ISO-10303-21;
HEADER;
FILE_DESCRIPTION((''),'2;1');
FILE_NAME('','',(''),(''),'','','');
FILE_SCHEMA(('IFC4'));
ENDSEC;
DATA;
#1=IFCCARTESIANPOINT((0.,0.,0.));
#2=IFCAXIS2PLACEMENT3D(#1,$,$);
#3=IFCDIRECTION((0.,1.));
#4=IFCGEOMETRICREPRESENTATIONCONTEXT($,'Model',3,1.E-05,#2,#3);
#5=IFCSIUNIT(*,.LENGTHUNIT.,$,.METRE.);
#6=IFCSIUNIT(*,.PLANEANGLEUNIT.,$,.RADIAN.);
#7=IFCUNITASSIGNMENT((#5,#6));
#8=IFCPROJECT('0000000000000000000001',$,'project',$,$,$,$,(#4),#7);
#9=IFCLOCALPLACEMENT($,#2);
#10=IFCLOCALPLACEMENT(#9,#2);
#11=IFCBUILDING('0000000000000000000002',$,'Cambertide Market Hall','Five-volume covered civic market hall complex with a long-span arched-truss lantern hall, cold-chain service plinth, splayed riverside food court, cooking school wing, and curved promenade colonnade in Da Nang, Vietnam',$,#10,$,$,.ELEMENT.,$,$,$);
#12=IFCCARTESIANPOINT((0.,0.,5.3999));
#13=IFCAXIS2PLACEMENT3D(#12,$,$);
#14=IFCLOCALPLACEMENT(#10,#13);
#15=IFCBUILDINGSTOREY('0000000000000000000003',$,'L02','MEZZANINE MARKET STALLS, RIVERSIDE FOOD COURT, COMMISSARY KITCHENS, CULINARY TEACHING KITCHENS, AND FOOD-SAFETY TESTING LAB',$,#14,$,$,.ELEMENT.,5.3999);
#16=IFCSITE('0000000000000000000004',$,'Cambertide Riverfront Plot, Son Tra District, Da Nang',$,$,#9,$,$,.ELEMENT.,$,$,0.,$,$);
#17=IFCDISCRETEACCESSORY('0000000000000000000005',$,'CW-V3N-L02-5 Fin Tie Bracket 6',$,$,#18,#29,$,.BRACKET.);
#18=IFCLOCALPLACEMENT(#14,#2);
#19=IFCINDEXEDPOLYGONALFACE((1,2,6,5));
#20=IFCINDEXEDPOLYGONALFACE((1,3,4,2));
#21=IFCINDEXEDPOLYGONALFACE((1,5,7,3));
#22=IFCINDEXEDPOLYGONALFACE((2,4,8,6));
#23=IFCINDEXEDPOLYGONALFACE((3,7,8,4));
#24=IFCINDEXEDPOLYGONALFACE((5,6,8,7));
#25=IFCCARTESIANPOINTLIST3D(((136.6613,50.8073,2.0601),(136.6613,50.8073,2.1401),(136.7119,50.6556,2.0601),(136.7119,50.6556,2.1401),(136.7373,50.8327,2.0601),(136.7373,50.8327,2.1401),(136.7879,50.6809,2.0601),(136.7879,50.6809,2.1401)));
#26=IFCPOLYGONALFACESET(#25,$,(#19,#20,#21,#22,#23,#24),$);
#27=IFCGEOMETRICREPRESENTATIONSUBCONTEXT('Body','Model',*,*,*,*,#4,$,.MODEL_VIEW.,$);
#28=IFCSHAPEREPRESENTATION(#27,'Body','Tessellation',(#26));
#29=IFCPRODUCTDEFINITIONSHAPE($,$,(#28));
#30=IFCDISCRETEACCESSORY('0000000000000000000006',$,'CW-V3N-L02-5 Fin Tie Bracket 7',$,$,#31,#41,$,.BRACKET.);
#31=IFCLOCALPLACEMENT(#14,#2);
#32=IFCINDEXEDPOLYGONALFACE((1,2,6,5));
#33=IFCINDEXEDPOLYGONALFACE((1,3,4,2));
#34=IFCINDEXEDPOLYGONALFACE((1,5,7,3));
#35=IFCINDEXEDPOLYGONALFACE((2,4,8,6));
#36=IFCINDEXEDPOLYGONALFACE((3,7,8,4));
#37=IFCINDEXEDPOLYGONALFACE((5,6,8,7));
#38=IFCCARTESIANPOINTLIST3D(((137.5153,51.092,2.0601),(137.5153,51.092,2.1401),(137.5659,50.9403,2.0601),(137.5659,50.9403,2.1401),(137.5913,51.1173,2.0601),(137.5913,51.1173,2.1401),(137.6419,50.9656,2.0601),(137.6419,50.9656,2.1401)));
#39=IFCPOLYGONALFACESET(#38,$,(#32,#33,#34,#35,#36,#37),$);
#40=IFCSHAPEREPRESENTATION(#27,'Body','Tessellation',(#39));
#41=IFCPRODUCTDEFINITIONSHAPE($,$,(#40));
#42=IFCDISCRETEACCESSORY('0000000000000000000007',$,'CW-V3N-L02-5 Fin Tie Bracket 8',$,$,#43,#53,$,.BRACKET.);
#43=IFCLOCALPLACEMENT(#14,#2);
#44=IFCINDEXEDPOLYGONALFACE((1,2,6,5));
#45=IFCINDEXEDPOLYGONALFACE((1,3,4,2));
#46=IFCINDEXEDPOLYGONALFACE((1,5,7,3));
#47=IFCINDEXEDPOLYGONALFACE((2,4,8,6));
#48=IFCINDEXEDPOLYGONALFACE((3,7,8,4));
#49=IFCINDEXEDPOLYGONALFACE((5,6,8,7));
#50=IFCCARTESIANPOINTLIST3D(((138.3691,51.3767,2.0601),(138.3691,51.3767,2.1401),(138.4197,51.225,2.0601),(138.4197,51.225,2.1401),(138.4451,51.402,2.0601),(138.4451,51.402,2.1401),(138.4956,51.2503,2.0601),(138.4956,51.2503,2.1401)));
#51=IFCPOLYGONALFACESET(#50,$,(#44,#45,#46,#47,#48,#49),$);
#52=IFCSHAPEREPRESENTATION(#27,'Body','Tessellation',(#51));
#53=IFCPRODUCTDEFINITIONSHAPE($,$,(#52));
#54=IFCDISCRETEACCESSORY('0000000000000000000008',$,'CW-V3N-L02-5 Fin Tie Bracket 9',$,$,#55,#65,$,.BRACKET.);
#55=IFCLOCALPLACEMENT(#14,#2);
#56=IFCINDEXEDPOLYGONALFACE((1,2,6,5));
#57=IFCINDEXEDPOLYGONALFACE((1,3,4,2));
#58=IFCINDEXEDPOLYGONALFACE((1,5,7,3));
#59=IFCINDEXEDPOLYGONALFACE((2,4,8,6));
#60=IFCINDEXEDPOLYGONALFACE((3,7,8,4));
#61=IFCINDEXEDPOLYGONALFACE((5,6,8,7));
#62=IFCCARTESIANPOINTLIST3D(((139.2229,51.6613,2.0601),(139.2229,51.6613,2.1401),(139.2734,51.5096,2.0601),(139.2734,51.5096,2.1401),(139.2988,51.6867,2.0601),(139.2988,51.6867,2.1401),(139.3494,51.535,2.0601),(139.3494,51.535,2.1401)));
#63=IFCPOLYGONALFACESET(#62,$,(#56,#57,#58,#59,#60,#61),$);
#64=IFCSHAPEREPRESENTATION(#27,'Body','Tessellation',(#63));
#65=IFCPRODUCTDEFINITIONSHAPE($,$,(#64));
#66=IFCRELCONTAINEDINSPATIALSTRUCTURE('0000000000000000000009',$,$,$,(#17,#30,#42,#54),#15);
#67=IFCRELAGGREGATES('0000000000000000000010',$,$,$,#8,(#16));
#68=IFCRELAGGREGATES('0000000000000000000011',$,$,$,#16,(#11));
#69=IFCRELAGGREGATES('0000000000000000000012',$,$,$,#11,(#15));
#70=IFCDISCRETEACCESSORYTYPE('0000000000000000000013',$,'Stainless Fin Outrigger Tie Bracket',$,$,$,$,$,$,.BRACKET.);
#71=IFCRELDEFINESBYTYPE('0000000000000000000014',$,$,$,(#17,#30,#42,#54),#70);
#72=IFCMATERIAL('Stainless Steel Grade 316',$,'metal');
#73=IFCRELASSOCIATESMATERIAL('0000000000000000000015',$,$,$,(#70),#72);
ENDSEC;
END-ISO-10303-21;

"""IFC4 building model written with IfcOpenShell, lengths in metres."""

from ifc_helpers import new_model, si_unit, direction, frame, origin, origin_2d, place, context, subcontext, project, spatial, rectangle, extrude, material, type_object, element, save


model = new_model("IFC4")

# Units and contexts
model_context = context("Model", 3, precision=1e-05, world=origin(), true_north=direction((0.0, 1.0)))
body_context = subcontext(model_context, "Body", "Model", "MODEL_VIEW")
ifc_project = project(units=[si_unit("LENGTHUNIT", "METRE"), si_unit("PLANEANGLEUNIT", "RADIAN")], contexts=[model_context])

# Site, building, storey
site_placement = place(None, origin())
site = spatial("IfcSite", under=ifc_project, at=site_placement, Name="Cambertide Riverfront Plot, Son Tra District, Da Nang", CompositionType="ELEMENT", RefElevation=0.0)
building_placement = place(site_placement, origin())
building = spatial("IfcBuilding", under=site, at=building_placement, Name="Cambertide Market Hall", Description="Five-volume covered civic market hall complex with a long-span arched-truss lantern hall, cold-chain service plinth, splayed riverside food court, cooking school wing, and curved promenade colonnade in Da Nang, Vietnam", CompositionType="ELEMENT")
storey_placement = place(building_placement, frame((0.0, 0.0, 5.3999)))
storey = spatial("IfcBuildingStorey", under=building, at=storey_placement, Name="L02", Description="MEZZANINE MARKET STALLS, RIVERSIDE FOOD COURT, COMMISSARY KITCHENS, CULINARY TEACHING KITCHENS, AND FOOD-SAFETY TESTING LAB", CompositionType="ELEMENT", Elevation=5.3999)

# Discrete accessories
ifc_material_1 = material(Name="Stainless Steel Grade 316", Category="metal")
discrete_accessory_type = type_object("IfcDiscreteAccessoryType", Name="Stainless Fin Outrigger Tie Bracket", PredefinedType="BRACKET", material=ifc_material_1)
for number, where, z_axis, x_axis, name in (
    (1, (136.7246, 50.7441, 2.0601), (0.0, 0.0, 1.0), (0.948683, 0.316228, 0.0), "CW-V3N-L02-5 Fin Tie Bracket 6"),
    (2, (137.5786, 51.0288, 2.0601), (0.0, 0.0, 1.0), (0.948683, 0.316228, 0.0), "CW-V3N-L02-5 Fin Tie Bracket 7"),
    (3, (138.4324, 51.3135, 2.0601), (0.0, 0.0, 1.0), (0.948683, 0.316228, 0.0), "CW-V3N-L02-5 Fin Tie Bracket 8"),
    (4, (139.2861, 51.5981, 2.0601), (0.0, 0.0, 1.0), (0.948683, 0.316228, 0.0), "CW-V3N-L02-5 Fin Tie Bracket 9"),
):
    element("IfcDiscreteAccessory", number, at=place(storey_placement, frame(where, z_axis=z_axis, x_axis=x_axis)), inside=storey, type_object=discrete_accessory_type, Name=name, PredefinedType="BRACKET", context=body_context, shape_type="SweptSolid", body=[
        extrude(rectangle(XDim=0.0801, YDim=0.1599, at=origin_2d()), origin(), (0.0, 0.0, 1.0), 0.0801),
    ])

save(model, "model.ifc")
